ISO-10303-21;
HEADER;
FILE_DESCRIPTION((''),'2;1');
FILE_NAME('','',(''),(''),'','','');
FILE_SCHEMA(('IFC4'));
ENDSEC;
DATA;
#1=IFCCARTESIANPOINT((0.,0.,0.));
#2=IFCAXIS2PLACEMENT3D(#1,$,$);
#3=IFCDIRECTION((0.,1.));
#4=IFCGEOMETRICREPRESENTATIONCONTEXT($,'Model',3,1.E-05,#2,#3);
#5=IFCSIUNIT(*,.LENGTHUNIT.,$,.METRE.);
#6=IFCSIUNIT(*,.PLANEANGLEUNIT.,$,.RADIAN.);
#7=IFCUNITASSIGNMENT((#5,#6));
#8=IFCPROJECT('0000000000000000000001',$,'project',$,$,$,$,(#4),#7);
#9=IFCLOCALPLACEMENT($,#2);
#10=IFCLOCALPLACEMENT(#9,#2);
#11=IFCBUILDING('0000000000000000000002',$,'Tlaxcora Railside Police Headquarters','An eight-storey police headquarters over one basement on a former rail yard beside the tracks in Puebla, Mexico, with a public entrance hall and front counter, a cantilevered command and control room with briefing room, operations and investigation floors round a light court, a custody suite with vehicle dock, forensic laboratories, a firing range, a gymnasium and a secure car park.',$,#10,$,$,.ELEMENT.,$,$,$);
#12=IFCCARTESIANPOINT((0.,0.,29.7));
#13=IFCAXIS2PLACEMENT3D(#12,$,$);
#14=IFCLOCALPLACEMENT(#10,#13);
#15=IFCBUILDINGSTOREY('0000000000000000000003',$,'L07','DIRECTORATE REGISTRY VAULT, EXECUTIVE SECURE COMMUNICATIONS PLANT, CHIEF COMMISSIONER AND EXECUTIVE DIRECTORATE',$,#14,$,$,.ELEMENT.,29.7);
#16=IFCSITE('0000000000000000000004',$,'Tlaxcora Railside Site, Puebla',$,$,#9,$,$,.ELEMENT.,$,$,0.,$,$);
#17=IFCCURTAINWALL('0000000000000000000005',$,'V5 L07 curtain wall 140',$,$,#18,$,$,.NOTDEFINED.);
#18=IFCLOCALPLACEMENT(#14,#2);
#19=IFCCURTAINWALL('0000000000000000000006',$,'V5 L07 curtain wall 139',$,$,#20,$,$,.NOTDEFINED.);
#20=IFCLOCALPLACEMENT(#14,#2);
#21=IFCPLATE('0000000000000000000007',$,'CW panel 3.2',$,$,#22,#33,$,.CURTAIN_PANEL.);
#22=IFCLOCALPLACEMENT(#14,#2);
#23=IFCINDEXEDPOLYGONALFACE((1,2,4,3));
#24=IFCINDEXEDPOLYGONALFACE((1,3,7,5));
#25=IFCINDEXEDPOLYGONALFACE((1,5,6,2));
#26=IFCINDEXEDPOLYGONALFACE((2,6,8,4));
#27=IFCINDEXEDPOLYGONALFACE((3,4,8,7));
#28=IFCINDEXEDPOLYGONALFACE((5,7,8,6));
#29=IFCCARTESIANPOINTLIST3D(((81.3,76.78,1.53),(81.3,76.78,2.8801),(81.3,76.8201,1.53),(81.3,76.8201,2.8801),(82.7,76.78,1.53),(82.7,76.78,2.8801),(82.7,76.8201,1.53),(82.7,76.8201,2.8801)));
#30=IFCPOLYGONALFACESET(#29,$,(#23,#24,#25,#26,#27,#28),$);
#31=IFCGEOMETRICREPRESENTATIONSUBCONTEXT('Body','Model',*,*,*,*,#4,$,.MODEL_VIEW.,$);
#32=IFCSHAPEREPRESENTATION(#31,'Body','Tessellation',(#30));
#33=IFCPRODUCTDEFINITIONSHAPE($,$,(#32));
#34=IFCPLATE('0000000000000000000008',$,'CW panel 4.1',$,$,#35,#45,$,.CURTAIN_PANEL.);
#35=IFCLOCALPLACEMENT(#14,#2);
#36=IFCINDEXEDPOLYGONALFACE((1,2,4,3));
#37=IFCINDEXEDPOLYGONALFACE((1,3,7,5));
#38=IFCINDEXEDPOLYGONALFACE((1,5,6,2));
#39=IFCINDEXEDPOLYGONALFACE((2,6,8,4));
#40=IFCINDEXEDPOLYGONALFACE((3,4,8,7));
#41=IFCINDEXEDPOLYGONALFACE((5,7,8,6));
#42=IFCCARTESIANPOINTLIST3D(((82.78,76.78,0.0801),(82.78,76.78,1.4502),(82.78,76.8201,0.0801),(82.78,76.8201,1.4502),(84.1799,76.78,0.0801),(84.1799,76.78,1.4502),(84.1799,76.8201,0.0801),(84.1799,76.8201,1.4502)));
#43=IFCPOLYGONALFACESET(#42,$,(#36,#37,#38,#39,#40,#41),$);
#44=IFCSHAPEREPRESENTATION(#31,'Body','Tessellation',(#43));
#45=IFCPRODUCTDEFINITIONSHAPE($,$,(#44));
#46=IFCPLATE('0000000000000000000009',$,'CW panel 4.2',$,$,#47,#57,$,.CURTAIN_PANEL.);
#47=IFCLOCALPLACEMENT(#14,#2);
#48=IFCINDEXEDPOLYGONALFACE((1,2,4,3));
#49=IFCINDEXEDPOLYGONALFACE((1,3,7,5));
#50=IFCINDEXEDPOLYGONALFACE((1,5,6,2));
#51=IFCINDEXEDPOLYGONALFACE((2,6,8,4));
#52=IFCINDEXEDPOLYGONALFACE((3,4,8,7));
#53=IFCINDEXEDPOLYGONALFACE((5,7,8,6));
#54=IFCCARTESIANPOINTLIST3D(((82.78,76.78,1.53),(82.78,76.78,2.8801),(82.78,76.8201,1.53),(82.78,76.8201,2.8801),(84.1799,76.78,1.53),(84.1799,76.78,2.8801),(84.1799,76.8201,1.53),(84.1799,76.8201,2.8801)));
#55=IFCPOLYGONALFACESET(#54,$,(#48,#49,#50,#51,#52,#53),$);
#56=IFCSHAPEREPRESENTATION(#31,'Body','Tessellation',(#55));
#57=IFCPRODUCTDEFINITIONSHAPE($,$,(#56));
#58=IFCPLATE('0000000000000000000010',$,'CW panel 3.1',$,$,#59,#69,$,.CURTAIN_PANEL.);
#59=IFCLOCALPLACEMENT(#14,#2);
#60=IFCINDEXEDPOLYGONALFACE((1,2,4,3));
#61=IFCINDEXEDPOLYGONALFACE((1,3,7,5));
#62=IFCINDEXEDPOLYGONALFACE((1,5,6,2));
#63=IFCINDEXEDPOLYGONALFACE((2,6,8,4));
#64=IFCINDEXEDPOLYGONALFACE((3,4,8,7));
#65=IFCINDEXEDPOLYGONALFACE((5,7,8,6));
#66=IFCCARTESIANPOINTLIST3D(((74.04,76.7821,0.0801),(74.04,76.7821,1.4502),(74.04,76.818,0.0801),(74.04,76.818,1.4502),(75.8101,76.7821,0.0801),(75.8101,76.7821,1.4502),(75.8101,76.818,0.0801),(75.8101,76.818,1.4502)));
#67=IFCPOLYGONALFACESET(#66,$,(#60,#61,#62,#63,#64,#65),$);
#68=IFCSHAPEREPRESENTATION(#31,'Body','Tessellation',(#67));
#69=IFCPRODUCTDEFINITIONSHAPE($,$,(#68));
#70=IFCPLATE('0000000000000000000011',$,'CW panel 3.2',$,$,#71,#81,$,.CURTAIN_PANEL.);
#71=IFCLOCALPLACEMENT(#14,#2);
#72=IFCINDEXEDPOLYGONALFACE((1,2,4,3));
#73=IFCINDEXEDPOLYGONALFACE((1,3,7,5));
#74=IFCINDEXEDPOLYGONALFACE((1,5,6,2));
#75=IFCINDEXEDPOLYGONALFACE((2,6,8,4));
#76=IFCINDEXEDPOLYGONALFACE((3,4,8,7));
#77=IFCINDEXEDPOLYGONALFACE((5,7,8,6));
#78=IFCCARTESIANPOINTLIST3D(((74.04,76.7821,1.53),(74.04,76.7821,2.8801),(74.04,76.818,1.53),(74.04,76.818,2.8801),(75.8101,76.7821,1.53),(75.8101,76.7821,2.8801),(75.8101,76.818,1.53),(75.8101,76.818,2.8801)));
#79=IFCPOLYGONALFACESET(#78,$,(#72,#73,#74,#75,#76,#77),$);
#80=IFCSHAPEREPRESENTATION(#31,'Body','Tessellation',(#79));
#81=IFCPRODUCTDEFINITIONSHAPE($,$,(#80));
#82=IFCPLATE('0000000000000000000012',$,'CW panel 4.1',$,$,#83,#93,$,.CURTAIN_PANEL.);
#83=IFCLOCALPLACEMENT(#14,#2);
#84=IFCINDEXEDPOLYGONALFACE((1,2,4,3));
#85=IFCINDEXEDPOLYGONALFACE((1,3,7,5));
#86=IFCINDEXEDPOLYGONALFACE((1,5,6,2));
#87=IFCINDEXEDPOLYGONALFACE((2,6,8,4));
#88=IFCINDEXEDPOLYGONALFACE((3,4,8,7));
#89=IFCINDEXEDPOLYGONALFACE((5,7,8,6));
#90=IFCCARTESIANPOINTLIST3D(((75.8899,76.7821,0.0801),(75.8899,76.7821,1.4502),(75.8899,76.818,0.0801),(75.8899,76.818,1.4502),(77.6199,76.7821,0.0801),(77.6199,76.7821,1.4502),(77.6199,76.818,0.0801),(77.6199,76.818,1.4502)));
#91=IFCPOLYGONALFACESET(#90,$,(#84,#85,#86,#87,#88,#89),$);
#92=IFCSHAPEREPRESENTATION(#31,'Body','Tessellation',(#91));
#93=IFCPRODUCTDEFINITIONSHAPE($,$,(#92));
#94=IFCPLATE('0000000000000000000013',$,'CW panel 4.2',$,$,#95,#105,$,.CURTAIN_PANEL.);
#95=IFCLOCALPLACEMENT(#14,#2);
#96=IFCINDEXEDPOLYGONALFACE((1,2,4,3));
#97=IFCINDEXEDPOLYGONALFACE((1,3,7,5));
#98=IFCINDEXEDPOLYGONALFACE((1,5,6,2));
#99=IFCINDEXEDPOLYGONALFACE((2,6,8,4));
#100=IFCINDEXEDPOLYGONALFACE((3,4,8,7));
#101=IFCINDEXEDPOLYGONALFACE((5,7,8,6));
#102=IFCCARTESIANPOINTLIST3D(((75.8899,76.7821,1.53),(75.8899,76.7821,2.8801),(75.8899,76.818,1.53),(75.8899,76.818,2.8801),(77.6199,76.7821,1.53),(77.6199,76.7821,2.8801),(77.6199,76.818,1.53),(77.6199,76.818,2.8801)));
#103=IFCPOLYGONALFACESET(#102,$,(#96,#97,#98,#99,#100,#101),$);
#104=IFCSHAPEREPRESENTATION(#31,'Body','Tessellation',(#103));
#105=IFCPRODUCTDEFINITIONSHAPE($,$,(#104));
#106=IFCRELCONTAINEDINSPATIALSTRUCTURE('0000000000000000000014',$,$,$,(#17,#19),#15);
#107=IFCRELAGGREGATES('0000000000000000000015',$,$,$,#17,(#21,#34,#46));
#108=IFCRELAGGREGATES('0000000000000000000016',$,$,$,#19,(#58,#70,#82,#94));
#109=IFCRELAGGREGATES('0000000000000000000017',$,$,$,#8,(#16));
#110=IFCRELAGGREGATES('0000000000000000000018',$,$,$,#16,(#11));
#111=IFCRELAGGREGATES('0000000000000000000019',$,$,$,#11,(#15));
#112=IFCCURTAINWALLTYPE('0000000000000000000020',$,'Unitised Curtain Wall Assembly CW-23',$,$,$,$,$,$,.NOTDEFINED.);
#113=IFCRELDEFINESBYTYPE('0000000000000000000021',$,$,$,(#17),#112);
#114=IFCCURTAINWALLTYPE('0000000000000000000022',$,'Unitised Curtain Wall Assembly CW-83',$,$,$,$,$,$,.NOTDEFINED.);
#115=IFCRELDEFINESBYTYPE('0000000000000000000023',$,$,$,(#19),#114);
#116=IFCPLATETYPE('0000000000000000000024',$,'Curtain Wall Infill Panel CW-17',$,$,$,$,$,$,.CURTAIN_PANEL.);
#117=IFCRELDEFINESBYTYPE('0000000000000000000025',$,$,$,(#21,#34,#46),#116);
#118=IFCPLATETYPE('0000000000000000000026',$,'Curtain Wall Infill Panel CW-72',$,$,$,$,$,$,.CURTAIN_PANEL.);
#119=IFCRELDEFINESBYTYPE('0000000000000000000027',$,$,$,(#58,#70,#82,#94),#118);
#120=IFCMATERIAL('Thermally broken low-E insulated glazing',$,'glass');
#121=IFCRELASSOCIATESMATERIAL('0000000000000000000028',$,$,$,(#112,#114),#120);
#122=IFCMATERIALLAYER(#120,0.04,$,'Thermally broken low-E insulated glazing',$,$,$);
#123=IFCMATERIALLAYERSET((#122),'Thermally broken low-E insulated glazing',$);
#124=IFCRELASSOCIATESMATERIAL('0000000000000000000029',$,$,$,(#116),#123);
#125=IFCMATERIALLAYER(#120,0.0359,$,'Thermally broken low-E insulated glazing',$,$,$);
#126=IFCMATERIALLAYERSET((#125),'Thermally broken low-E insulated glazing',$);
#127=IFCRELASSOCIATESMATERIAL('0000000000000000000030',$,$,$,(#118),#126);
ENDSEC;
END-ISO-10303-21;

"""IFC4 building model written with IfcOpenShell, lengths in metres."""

from ifc_helpers import new_model, si_unit, direction, frame, origin, origin_2d, place, context, subcontext, project, spatial, rectangle, extrude, material, layer, layer_set, type_object, element, aggregate, save


model = new_model("IFC4")

# Units and contexts
model_context = context("Model", 3, precision=1e-05, world=origin(), true_north=direction((0.0, 1.0)))
body_context = subcontext(model_context, "Body", "Model", "MODEL_VIEW")
ifc_project = project(units=[si_unit("LENGTHUNIT", "METRE"), si_unit("PLANEANGLEUNIT", "RADIAN")], contexts=[model_context])

# Site, building, storey
site_placement = place(None, origin())
site = spatial("IfcSite", under=ifc_project, at=site_placement, Name="Tlaxcora Railside Site, Puebla", CompositionType="ELEMENT", RefElevation=0.0)
building_placement = place(site_placement, origin())
building = spatial("IfcBuilding", under=site, at=building_placement, Name="Tlaxcora Railside Police Headquarters", Description="An eight-storey police headquarters over one basement on a former rail yard beside the tracks in Puebla, Mexico, with a public entrance hall and front counter, a cantilevered command and control room with briefing room, operations and investigation floors round a light court, a custody suite with vehicle dock, forensic laboratories, a firing range, a gymnasium and a secure car park.", CompositionType="ELEMENT")
storey_placement = place(building_placement, frame((0.0, 0.0, 29.7)))
storey = spatial("IfcBuildingStorey", under=building, at=storey_placement, Name="L07", Description="DIRECTORATE REGISTRY VAULT, EXECUTIVE SECURE COMMUNICATIONS PLANT, CHIEF COMMISSIONER AND EXECUTIVE DIRECTORATE", CompositionType="ELEMENT", Elevation=29.7)

# Curtain walls
ifc_material_1 = material(Name="Thermally broken low-E insulated glazing", Category="glass")
curtain_wall_type_1 = type_object("IfcCurtainWallType", Name="Unitised Curtain Wall Assembly CW-23", PredefinedType="NOTDEFINED", material=ifc_material_1)
curtain_wall_1_placement = place(storey_placement, origin())
curtain_wall_1 = element("IfcCurtainWall", 1, at=curtain_wall_1_placement, inside=storey, type_object=curtain_wall_type_1, Name="V5 L07 curtain wall 140", PredefinedType="NOTDEFINED")
curtain_wall_type_2 = type_object("IfcCurtainWallType", Name="Unitised Curtain Wall Assembly CW-83", PredefinedType="NOTDEFINED", material=ifc_material_1)
curtain_wall_2_placement = place(storey_placement, origin())
curtain_wall_2 = element("IfcCurtainWall", 2, at=curtain_wall_2_placement, inside=storey, type_object=curtain_wall_type_2, Name="V5 L07 curtain wall 139", PredefinedType="NOTDEFINED")

# Plates
ifc_layer_1 = layer(ifc_material_1, 0.04, Name="Thermally broken low-E insulated glazing")
ifc_layer_set_1 = layer_set([ifc_layer_1], Name="Thermally broken low-E insulated glazing")
plate_type_1 = type_object("IfcPlateType", Name="Curtain Wall Infill Panel CW-17", PredefinedType="CURTAIN_PANEL", material=ifc_layer_set_1)
plate_1_placement = place(storey_placement, frame((82.0, 76.8, 1.53), z_axis=(0.0, 0.0, 1.0), x_axis=(1.0, 0.0, 0.0)))
plate_1 = element("IfcPlate", 3, at=plate_1_placement, type_object=plate_type_1, Name="CW panel 3.2", PredefinedType="CURTAIN_PANEL", context=body_context, shape_type="SweptSolid", body=[
    extrude(rectangle(XDim=1.3999, YDim=0.04, at=origin_2d()), origin(), (0.0, 0.0, 1.0), 1.3501),
])
plate_2_placement = place(storey_placement, frame((83.48, 76.8, 0.0801), z_axis=(0.0, 0.0, 1.0), x_axis=(1.0, 0.0, 0.0)))
plate_2 = element("IfcPlate", 4, at=plate_2_placement, type_object=plate_type_1, Name="CW panel 4.1", PredefinedType="CURTAIN_PANEL", context=body_context, shape_type="SweptSolid", body=[
    extrude(rectangle(XDim=1.3999, YDim=0.04, at=origin_2d()), origin(), (0.0, 0.0, 1.0), 1.3701),
])
plate_3_placement = place(storey_placement, frame((83.48, 76.8, 1.53), z_axis=(0.0, 0.0, 1.0), x_axis=(1.0, 0.0, 0.0)))
plate_3 = element("IfcPlate", 5, at=plate_3_placement, type_object=plate_type_1, Name="CW panel 4.2", PredefinedType="CURTAIN_PANEL", context=body_context, shape_type="SweptSolid", body=[
    extrude(rectangle(XDim=1.3999, YDim=0.04, at=origin_2d()), origin(), (0.0, 0.0, 1.0), 1.3501),
])
aggregate(curtain_wall_1, [plate_1, plate_2, plate_3])
ifc_layer_2 = layer(ifc_material_1, 0.0359, Name="Thermally broken low-E insulated glazing")
ifc_layer_set_2 = layer_set([ifc_layer_2], Name="Thermally broken low-E insulated glazing")
plate_type_2 = type_object("IfcPlateType", Name="Curtain Wall Infill Panel CW-72", PredefinedType="CURTAIN_PANEL", material=ifc_layer_set_2)
plate_4_placement = place(storey_placement, frame((74.925, 76.8, 0.0801), z_axis=(0.0, 0.0, 1.0), x_axis=(1.0, 0.0, 0.0)))
plate_4 = element("IfcPlate", 6, at=plate_4_placement, type_object=plate_type_2, Name="CW panel 3.1", PredefinedType="CURTAIN_PANEL", context=body_context, shape_type="SweptSolid", body=[
    extrude(rectangle(XDim=1.77, YDim=0.0359, at=origin_2d()), origin(), (0.0, 0.0, 1.0), 1.3701),
])
plate_5_placement = place(storey_placement, frame((74.925, 76.8, 1.53), z_axis=(0.0, 0.0, 1.0), x_axis=(1.0, 0.0, 0.0)))
plate_5 = element("IfcPlate", 7, at=plate_5_placement, type_object=plate_type_2, Name="CW panel 3.2", PredefinedType="CURTAIN_PANEL", context=body_context, shape_type="SweptSolid", body=[
    extrude(rectangle(XDim=1.77, YDim=0.0359, at=origin_2d()), origin(), (0.0, 0.0, 1.0), 1.3501),
])
plate_6_placement = place(storey_placement, frame((76.7549, 76.8, 0.0801), z_axis=(0.0, 0.0, 1.0), x_axis=(1.0, 0.0, 0.0)))
plate_6 = element("IfcPlate", 8, at=plate_6_placement, type_object=plate_type_2, Name="CW panel 4.1", PredefinedType="CURTAIN_PANEL", context=body_context, shape_type="SweptSolid", body=[
    extrude(rectangle(XDim=1.73, YDim=0.0359, at=origin_2d()), origin(), (0.0, 0.0, 1.0), 1.3701),
])
plate_7_placement = place(storey_placement, frame((76.7549, 76.8, 1.53), z_axis=(0.0, 0.0, 1.0), x_axis=(1.0, 0.0, 0.0)))
plate_7 = element("IfcPlate", 9, at=plate_7_placement, type_object=plate_type_2, Name="CW panel 4.2", PredefinedType="CURTAIN_PANEL", context=body_context, shape_type="SweptSolid", body=[
    extrude(rectangle(XDim=1.73, YDim=0.0359, at=origin_2d()), origin(), (0.0, 0.0, 1.0), 1.3501),
])
aggregate(curtain_wall_2, [plate_4, plate_5, plate_6, plate_7])

save(model, "model.ifc")
